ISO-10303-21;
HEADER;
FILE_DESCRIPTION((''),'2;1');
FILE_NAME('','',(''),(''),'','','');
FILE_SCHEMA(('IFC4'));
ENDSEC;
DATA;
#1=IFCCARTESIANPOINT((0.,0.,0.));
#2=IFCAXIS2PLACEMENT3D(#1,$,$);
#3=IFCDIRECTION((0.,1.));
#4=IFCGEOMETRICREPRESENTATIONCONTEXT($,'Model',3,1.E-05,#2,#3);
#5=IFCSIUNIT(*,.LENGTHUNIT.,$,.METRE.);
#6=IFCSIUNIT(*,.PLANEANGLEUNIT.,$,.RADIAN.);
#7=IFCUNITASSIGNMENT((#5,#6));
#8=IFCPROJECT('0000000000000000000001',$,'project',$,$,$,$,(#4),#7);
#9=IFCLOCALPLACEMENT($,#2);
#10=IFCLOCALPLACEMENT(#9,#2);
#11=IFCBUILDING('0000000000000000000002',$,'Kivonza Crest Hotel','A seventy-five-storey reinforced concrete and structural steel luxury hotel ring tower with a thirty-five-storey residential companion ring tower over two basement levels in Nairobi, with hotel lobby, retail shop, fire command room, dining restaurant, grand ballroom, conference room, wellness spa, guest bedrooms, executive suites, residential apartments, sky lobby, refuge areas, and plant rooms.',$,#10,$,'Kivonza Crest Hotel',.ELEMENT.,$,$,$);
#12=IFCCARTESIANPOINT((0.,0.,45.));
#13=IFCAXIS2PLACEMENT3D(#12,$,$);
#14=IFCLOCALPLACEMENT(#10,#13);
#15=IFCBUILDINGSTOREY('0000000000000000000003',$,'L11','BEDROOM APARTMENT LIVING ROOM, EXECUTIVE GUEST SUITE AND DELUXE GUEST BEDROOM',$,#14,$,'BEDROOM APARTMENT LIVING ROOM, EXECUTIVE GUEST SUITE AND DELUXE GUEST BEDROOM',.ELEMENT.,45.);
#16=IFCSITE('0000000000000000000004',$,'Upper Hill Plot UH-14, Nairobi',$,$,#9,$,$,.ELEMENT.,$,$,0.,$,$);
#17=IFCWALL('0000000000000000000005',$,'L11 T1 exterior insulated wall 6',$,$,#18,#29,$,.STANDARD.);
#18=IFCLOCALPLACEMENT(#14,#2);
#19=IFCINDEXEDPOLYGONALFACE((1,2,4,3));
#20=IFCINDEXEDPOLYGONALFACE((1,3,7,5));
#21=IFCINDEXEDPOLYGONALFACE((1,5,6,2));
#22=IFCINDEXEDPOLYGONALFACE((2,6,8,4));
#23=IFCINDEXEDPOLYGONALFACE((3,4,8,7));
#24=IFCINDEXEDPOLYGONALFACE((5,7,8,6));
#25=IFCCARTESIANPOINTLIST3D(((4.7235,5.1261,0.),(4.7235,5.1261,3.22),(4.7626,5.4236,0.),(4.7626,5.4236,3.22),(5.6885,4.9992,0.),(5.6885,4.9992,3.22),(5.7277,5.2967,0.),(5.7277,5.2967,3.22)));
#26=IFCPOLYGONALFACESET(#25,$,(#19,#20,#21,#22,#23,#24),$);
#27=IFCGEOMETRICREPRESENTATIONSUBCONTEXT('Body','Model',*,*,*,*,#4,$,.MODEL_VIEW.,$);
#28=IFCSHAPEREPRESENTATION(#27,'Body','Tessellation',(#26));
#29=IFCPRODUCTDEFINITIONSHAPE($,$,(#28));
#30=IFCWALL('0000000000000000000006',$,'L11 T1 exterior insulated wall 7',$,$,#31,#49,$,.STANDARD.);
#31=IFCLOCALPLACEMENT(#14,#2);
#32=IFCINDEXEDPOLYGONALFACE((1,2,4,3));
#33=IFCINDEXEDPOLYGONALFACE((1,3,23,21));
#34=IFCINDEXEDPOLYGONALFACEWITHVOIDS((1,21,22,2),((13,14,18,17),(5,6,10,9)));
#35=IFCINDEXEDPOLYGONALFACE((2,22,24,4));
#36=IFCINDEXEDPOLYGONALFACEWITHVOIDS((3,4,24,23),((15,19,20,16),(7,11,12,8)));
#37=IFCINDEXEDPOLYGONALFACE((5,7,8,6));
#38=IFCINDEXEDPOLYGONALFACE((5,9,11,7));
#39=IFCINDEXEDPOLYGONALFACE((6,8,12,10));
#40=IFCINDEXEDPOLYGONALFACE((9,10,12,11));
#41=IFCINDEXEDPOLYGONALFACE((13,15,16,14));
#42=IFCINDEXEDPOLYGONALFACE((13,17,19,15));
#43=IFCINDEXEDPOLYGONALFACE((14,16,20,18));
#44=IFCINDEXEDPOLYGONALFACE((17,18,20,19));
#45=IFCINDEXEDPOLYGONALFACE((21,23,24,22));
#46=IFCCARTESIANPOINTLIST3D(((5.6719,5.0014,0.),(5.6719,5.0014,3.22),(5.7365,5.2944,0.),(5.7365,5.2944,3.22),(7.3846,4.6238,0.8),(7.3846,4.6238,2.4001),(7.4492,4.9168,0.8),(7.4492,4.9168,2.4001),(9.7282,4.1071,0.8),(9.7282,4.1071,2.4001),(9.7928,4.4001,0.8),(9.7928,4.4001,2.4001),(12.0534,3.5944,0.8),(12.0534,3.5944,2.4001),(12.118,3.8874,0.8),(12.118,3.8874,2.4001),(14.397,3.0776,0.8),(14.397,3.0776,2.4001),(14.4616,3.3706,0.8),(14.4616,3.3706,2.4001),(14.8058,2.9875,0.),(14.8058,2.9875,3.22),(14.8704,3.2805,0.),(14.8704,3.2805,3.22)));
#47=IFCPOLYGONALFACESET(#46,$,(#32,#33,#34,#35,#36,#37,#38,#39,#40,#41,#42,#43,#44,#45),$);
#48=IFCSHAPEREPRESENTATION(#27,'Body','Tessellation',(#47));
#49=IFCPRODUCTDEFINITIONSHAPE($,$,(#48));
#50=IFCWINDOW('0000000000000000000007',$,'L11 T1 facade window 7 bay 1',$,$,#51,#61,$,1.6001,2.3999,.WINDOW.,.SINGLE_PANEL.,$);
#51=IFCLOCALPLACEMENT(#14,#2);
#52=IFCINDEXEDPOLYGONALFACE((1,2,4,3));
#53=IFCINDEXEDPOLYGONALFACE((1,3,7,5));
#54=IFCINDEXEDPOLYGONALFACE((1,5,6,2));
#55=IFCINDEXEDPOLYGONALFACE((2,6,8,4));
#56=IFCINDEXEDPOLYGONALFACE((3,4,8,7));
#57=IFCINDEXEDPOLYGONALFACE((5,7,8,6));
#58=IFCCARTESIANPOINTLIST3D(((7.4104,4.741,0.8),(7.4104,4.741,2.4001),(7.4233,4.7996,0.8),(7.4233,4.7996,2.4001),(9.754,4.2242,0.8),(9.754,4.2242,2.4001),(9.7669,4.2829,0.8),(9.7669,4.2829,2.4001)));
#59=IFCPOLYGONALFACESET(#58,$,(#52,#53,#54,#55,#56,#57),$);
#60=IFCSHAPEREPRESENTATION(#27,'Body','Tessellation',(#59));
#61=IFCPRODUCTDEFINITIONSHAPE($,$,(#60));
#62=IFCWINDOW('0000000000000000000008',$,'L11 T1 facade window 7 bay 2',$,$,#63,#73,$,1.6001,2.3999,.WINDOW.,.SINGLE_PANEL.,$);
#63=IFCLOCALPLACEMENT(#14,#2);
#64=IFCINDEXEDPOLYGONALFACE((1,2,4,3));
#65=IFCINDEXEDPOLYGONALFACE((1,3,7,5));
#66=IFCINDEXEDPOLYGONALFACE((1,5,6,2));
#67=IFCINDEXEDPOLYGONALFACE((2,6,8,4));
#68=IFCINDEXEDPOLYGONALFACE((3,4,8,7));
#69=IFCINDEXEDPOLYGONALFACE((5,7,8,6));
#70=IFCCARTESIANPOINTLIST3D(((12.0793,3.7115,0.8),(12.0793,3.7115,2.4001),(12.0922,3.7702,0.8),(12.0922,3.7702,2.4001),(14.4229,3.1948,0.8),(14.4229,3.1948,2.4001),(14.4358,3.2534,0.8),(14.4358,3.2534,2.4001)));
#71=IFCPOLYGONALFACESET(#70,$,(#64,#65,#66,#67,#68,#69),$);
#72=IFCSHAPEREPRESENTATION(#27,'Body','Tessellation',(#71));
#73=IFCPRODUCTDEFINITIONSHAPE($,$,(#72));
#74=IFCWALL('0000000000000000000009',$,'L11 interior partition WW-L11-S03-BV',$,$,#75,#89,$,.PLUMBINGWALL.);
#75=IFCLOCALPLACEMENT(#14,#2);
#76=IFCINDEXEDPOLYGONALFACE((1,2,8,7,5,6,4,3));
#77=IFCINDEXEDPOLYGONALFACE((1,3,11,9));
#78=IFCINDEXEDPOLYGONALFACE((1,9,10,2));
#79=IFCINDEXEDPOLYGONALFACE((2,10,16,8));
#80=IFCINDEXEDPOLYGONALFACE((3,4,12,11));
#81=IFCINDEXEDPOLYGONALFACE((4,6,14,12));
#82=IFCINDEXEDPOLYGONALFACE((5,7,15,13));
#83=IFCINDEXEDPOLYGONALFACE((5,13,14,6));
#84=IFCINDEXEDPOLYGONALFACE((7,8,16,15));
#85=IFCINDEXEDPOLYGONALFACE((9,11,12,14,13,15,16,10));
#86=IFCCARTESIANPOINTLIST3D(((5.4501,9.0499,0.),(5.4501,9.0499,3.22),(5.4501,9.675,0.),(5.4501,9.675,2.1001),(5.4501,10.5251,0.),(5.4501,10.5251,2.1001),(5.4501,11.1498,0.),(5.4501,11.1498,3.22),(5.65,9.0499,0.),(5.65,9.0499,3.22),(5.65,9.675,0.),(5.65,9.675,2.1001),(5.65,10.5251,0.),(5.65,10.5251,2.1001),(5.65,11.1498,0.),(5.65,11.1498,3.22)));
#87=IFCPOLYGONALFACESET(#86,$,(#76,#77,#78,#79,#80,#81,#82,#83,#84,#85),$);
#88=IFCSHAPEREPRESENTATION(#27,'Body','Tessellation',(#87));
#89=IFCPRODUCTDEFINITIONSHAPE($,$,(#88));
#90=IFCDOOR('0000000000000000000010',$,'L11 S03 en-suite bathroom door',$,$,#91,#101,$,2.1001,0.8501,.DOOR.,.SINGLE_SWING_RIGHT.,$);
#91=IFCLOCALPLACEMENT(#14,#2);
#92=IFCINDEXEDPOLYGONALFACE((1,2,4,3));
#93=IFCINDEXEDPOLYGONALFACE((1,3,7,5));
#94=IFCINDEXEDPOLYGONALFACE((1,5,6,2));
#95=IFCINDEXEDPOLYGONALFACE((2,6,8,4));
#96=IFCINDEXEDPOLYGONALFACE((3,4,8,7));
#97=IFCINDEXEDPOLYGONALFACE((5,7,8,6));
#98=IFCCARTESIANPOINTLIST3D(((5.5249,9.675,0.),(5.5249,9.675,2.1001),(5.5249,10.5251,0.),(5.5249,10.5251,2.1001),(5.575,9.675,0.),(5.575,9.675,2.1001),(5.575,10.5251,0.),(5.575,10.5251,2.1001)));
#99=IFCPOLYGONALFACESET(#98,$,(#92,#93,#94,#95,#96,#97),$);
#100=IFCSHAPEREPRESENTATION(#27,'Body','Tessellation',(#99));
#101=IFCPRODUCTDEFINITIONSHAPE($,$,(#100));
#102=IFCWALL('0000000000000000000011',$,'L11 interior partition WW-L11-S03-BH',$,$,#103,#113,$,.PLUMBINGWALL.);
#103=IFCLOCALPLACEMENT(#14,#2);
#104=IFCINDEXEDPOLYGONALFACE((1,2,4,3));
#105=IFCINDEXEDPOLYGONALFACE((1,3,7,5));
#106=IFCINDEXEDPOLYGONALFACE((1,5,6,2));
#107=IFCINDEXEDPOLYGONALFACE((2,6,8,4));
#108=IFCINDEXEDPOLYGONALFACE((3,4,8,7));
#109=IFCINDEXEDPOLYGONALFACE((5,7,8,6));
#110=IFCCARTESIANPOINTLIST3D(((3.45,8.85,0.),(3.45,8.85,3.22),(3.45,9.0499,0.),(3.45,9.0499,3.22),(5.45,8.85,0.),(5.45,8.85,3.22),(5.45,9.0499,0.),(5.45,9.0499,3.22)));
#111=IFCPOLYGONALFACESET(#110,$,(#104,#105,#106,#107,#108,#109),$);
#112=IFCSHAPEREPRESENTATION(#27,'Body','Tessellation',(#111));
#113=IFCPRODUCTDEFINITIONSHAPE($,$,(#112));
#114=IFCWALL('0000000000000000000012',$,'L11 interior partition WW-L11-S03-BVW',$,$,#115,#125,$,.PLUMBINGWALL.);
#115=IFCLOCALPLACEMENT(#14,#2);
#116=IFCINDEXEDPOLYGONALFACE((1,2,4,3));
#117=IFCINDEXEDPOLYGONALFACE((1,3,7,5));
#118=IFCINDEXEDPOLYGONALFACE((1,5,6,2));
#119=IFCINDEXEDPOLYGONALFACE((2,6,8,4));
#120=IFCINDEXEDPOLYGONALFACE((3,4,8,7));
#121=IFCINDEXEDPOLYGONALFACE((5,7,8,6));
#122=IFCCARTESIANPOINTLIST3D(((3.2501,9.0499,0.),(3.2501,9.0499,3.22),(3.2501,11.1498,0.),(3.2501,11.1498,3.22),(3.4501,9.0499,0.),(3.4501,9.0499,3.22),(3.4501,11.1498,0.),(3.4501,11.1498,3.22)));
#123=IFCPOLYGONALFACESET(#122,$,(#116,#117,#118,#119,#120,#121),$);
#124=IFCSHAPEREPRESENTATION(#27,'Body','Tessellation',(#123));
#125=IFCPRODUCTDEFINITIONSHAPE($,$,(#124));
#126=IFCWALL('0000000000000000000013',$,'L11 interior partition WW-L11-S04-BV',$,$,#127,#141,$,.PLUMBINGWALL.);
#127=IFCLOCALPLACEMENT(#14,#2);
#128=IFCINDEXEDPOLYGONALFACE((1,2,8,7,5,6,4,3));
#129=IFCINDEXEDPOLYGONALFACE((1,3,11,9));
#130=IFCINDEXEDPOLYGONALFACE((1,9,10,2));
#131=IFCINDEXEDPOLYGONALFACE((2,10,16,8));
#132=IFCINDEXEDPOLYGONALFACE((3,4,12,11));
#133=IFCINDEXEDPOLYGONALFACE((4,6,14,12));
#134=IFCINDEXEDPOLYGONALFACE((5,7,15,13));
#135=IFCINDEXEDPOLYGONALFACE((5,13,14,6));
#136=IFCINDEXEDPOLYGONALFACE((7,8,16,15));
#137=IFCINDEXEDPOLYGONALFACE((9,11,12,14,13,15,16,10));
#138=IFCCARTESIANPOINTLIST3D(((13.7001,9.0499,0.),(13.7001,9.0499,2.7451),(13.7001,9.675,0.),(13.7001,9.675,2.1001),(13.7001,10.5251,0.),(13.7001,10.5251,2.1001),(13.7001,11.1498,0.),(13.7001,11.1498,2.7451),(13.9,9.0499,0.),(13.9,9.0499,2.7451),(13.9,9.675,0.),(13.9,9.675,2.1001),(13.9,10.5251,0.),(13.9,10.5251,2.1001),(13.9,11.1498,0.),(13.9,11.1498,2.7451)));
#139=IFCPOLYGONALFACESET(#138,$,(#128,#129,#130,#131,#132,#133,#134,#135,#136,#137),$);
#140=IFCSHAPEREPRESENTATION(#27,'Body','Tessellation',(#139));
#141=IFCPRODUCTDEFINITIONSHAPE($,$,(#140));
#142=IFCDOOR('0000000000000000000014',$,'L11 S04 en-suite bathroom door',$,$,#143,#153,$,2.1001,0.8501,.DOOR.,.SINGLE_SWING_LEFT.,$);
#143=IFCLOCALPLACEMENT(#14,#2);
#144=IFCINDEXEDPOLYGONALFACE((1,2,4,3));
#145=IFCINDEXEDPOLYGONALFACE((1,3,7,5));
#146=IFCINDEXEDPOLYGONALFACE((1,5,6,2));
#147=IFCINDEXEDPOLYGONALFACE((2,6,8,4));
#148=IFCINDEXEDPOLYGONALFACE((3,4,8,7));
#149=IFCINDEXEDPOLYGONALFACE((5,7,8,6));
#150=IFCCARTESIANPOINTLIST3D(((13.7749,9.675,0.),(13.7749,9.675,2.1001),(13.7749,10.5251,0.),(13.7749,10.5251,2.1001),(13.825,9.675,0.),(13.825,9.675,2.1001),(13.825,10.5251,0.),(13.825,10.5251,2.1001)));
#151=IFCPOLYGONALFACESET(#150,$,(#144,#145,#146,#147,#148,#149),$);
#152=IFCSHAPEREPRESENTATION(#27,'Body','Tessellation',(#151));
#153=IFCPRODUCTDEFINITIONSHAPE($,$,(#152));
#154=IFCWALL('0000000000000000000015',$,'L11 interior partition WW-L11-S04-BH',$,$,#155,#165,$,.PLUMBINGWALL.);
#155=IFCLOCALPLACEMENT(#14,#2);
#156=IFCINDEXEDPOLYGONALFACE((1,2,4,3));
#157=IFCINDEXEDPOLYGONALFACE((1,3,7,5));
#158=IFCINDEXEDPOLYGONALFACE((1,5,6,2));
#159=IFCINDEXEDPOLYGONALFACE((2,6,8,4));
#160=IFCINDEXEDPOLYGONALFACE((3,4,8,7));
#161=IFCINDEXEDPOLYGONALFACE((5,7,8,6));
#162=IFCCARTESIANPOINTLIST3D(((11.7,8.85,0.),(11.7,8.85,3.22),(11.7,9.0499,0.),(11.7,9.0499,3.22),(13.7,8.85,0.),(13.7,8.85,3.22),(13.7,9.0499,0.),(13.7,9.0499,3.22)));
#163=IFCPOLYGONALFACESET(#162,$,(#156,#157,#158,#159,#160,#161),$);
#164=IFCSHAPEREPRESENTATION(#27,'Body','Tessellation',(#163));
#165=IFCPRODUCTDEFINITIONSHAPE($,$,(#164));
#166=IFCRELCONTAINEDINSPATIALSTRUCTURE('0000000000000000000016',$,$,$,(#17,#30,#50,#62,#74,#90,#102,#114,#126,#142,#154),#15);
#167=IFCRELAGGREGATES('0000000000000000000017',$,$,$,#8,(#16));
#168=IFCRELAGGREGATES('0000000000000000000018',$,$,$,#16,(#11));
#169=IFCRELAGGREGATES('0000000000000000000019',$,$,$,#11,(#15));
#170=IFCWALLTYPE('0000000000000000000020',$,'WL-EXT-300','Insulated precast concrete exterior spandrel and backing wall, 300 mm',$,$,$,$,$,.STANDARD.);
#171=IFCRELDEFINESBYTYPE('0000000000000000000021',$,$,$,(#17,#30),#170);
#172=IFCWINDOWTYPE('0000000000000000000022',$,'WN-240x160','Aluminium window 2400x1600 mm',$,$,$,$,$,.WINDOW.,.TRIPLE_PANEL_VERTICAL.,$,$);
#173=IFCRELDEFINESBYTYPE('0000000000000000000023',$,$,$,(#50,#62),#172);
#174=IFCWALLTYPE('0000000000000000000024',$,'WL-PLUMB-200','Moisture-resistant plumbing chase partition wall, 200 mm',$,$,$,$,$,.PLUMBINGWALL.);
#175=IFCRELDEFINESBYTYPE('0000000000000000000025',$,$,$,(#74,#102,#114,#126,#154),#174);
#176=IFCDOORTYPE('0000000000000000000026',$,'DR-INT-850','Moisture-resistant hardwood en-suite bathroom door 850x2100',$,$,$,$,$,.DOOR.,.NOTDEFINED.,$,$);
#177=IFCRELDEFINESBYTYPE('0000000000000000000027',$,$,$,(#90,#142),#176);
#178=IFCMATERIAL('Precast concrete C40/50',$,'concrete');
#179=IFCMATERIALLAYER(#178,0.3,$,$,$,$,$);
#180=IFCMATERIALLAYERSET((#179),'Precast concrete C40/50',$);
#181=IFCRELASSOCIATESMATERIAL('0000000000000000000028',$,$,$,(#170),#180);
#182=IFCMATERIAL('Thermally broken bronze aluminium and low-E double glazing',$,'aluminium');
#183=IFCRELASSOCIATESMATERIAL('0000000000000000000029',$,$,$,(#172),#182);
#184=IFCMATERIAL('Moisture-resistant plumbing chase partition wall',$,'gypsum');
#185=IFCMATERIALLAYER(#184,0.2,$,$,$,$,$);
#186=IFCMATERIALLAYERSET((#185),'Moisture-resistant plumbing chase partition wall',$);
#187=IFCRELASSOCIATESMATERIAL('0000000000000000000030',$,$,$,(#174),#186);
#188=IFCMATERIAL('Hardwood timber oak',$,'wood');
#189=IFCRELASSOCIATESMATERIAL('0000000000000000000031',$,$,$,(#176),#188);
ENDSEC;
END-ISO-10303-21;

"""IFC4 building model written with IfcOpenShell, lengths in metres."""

from ifc_helpers import new_model, si_unit, direction, frame, frame_2d, origin, place, context, subcontext, project, spatial, rectangle, extrude, material, layer, layer_set, type_object, element, fill, save


model = new_model("IFC4")

# Units and contexts
model_context = context("Model", 3, precision=1e-05, world=origin(), true_north=direction((0.0, 1.0)))
body_context = subcontext(model_context, "Body", "Model", "MODEL_VIEW")
ifc_project = project(units=[si_unit("LENGTHUNIT", "METRE"), si_unit("PLANEANGLEUNIT", "RADIAN")], contexts=[model_context])

# Site, building, storey
site_placement = place(None, origin())
site = spatial("IfcSite", under=ifc_project, at=site_placement, Name="Upper Hill Plot UH-14, Nairobi", CompositionType="ELEMENT", RefElevation=0.0)
building_placement = place(site_placement, origin())
building = spatial("IfcBuilding", under=site, at=building_placement, Name="Kivonza Crest Hotel", Description="A seventy-five-storey reinforced concrete and structural steel luxury hotel ring tower with a thirty-five-storey residential companion ring tower over two basement levels in Nairobi, with hotel lobby, retail shop, fire command room, dining restaurant, grand ballroom, conference room, wellness spa, guest bedrooms, executive suites, residential apartments, sky lobby, refuge areas, and plant rooms.", LongName="Kivonza Crest Hotel", CompositionType="ELEMENT")
storey_placement = place(building_placement, frame((0.0, 0.0, 45.0)))
storey = spatial("IfcBuildingStorey", under=building, at=storey_placement, Name="L11", Description="BEDROOM APARTMENT LIVING ROOM, EXECUTIVE GUEST SUITE AND DELUXE GUEST BEDROOM", LongName="BEDROOM APARTMENT LIVING ROOM, EXECUTIVE GUEST SUITE AND DELUXE GUEST BEDROOM", CompositionType="ELEMENT", Elevation=45.0)

# Wall
ifc_material_1 = material(Name="Precast concrete C40/50", Category="concrete")
ifc_layer_1 = layer(ifc_material_1, 0.3)
ifc_layer_set_1 = layer_set([ifc_layer_1], Name="Precast concrete C40/50")
wall_type_1 = type_object("IfcWallType", Name="WL-EXT-300", Description="Insulated precast concrete exterior spandrel and backing wall, 300 mm", PredefinedType="STANDARD", material=ifc_layer_set_1)
wall_1_placement = place(storey_placement, frame((4.7429, 5.2749, 0.0), z_axis=(0.0, 0.0, 1.0), x_axis=(0.991459, -0.130422, 0.0)))
element("IfcWall", 1, at=wall_1_placement, inside=storey, type_object=wall_type_1, Name="L11 T1 exterior insulated wall 6", PredefinedType="STANDARD", context=body_context, shape_type="SweptSolid", body=[
    extrude(rectangle(XDim=0.9734, YDim=0.3, at=frame_2d((0.4868, 0.0))), origin(), (0.0, 0.0, 1.0), 3.22),
])

# Wall, openings, windows
wall_2_placement = place(storey_placement, frame((5.7041, 5.1479, 0.0), z_axis=(0.0, 0.0, 1.0), x_axis=(0.976544, -0.215319, 0.0)))
wall_2 = element("IfcWall", 2, at=wall_2_placement, inside=storey, type_object=wall_type_1, Name="L11 T1 exterior insulated wall 7", PredefinedType="STANDARD", context=body_context, shape_type="SweptSolid", body=[
    extrude(rectangle(XDim=9.3533, YDim=0.3, at=frame_2d((4.6768, 0.0))), origin(), (0.0, 0.0, 1.0), 3.22),
])
opening_1_placement = place(wall_2_placement, frame((1.7539, 0.0, 0.8)))
opening_1 = element("IfcOpeningElement", 3, at=opening_1_placement, cuts=wall_2, PredefinedType="OPENING", context=body_context, shape_type="SweptSolid", body=[
    extrude(rectangle(XDim=2.3999, YDim=1.6001, at=frame_2d((1.2, 0.8))), frame((0.0, 0.1602, 0.0), z_axis=(0.0, -1.0, 0.0), x_axis=(1.0, 0.0, 0.0)), (0.0, 0.0, 1.0), 0.3201),
])
opening_2_placement = place(wall_2_placement, frame((6.5349, 0.0, 0.8)))
opening_2 = element("IfcOpeningElement", 4, at=opening_2_placement, cuts=wall_2, PredefinedType="OPENING", context=body_context, shape_type="SweptSolid", body=[
    extrude(rectangle(XDim=2.3999, YDim=1.6001, at=frame_2d((1.2, 0.8))), frame((0.0, 0.1602, 0.0), z_axis=(0.0, -1.0, 0.0), x_axis=(1.0, 0.0, 0.0)), (0.0, 0.0, 1.0), 0.3201),
])
ifc_material_2 = material(Name="Thermally broken bronze aluminium and low-E double glazing", Category="aluminium")
window_type = type_object("IfcWindowType", Name="WN-240x160", Description="Aluminium window 2400x1600 mm", PartitioningType="TRIPLE_PANEL_VERTICAL", PredefinedType="WINDOW", material=ifc_material_2)
window_1_placement = place(opening_1_placement, origin())
window_1 = element("IfcWindow", 5, at=window_1_placement, inside=storey, type_object=window_type, Name="L11 T1 facade window 7 bay 1", OverallHeight=1.6001, OverallWidth=2.3999, PartitioningType="SINGLE_PANEL", PredefinedType="WINDOW", context=body_context, shape_type="SweptSolid", body=[
    extrude(rectangle(XDim=2.3999, YDim=1.6001, at=frame_2d((1.2, 0.8))), frame((0.0, 0.03, 0.0), z_axis=(0.0, -1.0, 0.0), x_axis=(1.0, 0.0, 0.0)), (0.0, 0.0, 1.0), 0.0601),
])
fill(opening_1, window_1)
window_2_placement = place(opening_2_placement, origin())
window_2 = element("IfcWindow", 6, at=window_2_placement, inside=storey, type_object=window_type, Name="L11 T1 facade window 7 bay 2", OverallHeight=1.6001, OverallWidth=2.3999, PartitioningType="SINGLE_PANEL", PredefinedType="WINDOW", context=body_context, shape_type="SweptSolid", body=[
    extrude(rectangle(XDim=2.3999, YDim=1.6001, at=frame_2d((1.2, 0.8))), frame((0.0, 0.03, 0.0), z_axis=(0.0, -1.0, 0.0), x_axis=(1.0, 0.0, 0.0)), (0.0, 0.0, 1.0), 0.0601),
])
fill(opening_2, window_2)

# Wall, opening, door
ifc_material_3 = material(Name="Moisture-resistant plumbing chase partition wall", Category="gypsum")
ifc_layer_2 = layer(ifc_material_3, 0.2)
ifc_layer_set_2 = layer_set([ifc_layer_2], Name="Moisture-resistant plumbing chase partition wall")
wall_type_2 = type_object("IfcWallType", Name="WL-PLUMB-200", Description="Moisture-resistant plumbing chase partition wall, 200 mm", PredefinedType="PLUMBINGWALL", material=ifc_layer_set_2)
wall_3_placement = place(storey_placement, frame((5.55, 9.05, 0.0), z_axis=(0.0, 0.0, 1.0), x_axis=(0.0, 1.0, 0.0)))
wall_3 = element("IfcWall", 7, at=wall_3_placement, inside=storey, type_object=wall_type_2, Name="L11 interior partition WW-L11-S03-BV", PredefinedType="PLUMBINGWALL", context=body_context, shape_type="SweptSolid", body=[
    extrude(rectangle(XDim=2.0999, YDim=0.2, at=frame_2d((1.0498, 0.0))), origin(), (0.0, 0.0, 1.0), 3.22),
])
opening_3_placement = place(wall_3_placement, frame((0.625, 0.0, 0.0)))
opening_3 = element("IfcOpeningElement", 8, at=opening_3_placement, cuts=wall_3, PredefinedType="OPENING", context=body_context, shape_type="SweptSolid", body=[
    extrude(rectangle(XDim=0.8501, YDim=2.1001, at=frame_2d((0.425, 1.05))), frame((0.0, 0.1099, 0.0), z_axis=(0.0, -1.0, 0.0), x_axis=(1.0, 0.0, 0.0)), (0.0, 0.0, 1.0), 0.22),
])
ifc_material_4 = material(Name="Hardwood timber oak", Category="wood")
door_type = type_object("IfcDoorType", Name="DR-INT-850", Description="Moisture-resistant hardwood en-suite bathroom door 850x2100", OperationType="NOTDEFINED", PredefinedType="DOOR", material=ifc_material_4)
door_1_placement = place(opening_3_placement, frame((0.8501, 0.0, 0.0), z_axis=(0.0, 0.0, 1.0), x_axis=(-1.0, 0.0, 0.0)))
door_1 = element("IfcDoor", 9, at=door_1_placement, inside=storey, type_object=door_type, Name="L11 S03 en-suite bathroom door", OperationType="SINGLE_SWING_RIGHT", OverallHeight=2.1001, OverallWidth=0.8501, PredefinedType="DOOR", context=body_context, shape_type="SweptSolid", body=[
    extrude(rectangle(XDim=0.8501, YDim=2.1001, at=frame_2d((0.425, 1.05))), frame((0.0, 0.0249, 0.0), z_axis=(0.0, -1.0, 0.0), x_axis=(1.0, 0.0, 0.0)), (0.0, 0.0, 1.0), 0.05),
])
fill(opening_3, door_1)

# Walls
wall_4_placement = place(storey_placement, frame((3.45, 8.95, 0.0), z_axis=(0.0, 0.0, 1.0), x_axis=(1.0, 0.0, 0.0)))
element("IfcWall", 10, at=wall_4_placement, inside=storey, type_object=wall_type_2, Name="L11 interior partition WW-L11-S03-BH", PredefinedType="PLUMBINGWALL", context=body_context, shape_type="SweptSolid", body=[
    extrude(rectangle(XDim=2.0, YDim=0.2, at=frame_2d((1.0, 0.0))), origin(), (0.0, 0.0, 1.0), 3.22),
])
wall_5_placement = place(storey_placement, frame((3.3501, 9.05, 0.0), z_axis=(0.0, 0.0, 1.0), x_axis=(0.0, 1.0, 0.0)))
element("IfcWall", 11, at=wall_5_placement, inside=storey, type_object=wall_type_2, Name="L11 interior partition WW-L11-S03-BVW", PredefinedType="PLUMBINGWALL", context=body_context, shape_type="SweptSolid", body=[
    extrude(rectangle(XDim=2.0999, YDim=0.2, at=frame_2d((1.0498, 0.0))), origin(), (0.0, 0.0, 1.0), 3.22),
])

# Wall, opening, door
wall_6_placement = place(storey_placement, frame((13.8, 9.05, 0.0), z_axis=(0.0, 0.0, 1.0), x_axis=(0.0, 1.0, 0.0)))
wall_6 = element("IfcWall", 12, at=wall_6_placement, inside=storey, type_object=wall_type_2, Name="L11 interior partition WW-L11-S04-BV", PredefinedType="PLUMBINGWALL", context=body_context, shape_type="SweptSolid", body=[
    extrude(rectangle(XDim=2.0999, YDim=0.2, at=frame_2d((1.0498, 0.0))), origin(), (0.0, 0.0, 1.0), 2.7451),
])
opening_4_placement = place(wall_6_placement, frame((0.625, 0.0, 0.0)))
opening_4 = element("IfcOpeningElement", 13, at=opening_4_placement, cuts=wall_6, PredefinedType="OPENING", context=body_context, shape_type="SweptSolid", body=[
    extrude(rectangle(XDim=0.8501, YDim=2.1001, at=frame_2d((0.425, 1.05))), frame((0.0, 0.1099, 0.0), z_axis=(0.0, -1.0, 0.0), x_axis=(1.0, 0.0, 0.0)), (0.0, 0.0, 1.0), 0.22),
])
door_2_placement = place(opening_4_placement, frame((0.8501, 0.0, 0.0), z_axis=(0.0, 0.0, 1.0), x_axis=(-1.0, 0.0, 0.0)))
door_2 = element("IfcDoor", 14, at=door_2_placement, inside=storey, type_object=door_type, Name="L11 S04 en-suite bathroom door", OperationType="SINGLE_SWING_LEFT", OverallHeight=2.1001, OverallWidth=0.8501, PredefinedType="DOOR", context=body_context, shape_type="SweptSolid", body=[
    extrude(rectangle(XDim=0.8501, YDim=2.1001, at=frame_2d((0.425, 1.05))), frame((0.0, 0.0249, 0.0), z_axis=(0.0, -1.0, 0.0), x_axis=(1.0, 0.0, 0.0)), (0.0, 0.0, 1.0), 0.05),
])
fill(opening_4, door_2)

# Wall
wall_7_placement = place(storey_placement, frame((11.7, 8.95, 0.0), z_axis=(0.0, 0.0, 1.0), x_axis=(1.0, 0.0, 0.0)))
element("IfcWall", 15, at=wall_7_placement, inside=storey, type_object=wall_type_2, Name="L11 interior partition WW-L11-S04-BH", PredefinedType="PLUMBINGWALL", context=body_context, shape_type="SweptSolid", body=[
    extrude(rectangle(XDim=2.0, YDim=0.2, at=frame_2d((1.0, 0.0))), origin(), (0.0, 0.0, 1.0), 3.22),
])

save(model, "model.ifc")
